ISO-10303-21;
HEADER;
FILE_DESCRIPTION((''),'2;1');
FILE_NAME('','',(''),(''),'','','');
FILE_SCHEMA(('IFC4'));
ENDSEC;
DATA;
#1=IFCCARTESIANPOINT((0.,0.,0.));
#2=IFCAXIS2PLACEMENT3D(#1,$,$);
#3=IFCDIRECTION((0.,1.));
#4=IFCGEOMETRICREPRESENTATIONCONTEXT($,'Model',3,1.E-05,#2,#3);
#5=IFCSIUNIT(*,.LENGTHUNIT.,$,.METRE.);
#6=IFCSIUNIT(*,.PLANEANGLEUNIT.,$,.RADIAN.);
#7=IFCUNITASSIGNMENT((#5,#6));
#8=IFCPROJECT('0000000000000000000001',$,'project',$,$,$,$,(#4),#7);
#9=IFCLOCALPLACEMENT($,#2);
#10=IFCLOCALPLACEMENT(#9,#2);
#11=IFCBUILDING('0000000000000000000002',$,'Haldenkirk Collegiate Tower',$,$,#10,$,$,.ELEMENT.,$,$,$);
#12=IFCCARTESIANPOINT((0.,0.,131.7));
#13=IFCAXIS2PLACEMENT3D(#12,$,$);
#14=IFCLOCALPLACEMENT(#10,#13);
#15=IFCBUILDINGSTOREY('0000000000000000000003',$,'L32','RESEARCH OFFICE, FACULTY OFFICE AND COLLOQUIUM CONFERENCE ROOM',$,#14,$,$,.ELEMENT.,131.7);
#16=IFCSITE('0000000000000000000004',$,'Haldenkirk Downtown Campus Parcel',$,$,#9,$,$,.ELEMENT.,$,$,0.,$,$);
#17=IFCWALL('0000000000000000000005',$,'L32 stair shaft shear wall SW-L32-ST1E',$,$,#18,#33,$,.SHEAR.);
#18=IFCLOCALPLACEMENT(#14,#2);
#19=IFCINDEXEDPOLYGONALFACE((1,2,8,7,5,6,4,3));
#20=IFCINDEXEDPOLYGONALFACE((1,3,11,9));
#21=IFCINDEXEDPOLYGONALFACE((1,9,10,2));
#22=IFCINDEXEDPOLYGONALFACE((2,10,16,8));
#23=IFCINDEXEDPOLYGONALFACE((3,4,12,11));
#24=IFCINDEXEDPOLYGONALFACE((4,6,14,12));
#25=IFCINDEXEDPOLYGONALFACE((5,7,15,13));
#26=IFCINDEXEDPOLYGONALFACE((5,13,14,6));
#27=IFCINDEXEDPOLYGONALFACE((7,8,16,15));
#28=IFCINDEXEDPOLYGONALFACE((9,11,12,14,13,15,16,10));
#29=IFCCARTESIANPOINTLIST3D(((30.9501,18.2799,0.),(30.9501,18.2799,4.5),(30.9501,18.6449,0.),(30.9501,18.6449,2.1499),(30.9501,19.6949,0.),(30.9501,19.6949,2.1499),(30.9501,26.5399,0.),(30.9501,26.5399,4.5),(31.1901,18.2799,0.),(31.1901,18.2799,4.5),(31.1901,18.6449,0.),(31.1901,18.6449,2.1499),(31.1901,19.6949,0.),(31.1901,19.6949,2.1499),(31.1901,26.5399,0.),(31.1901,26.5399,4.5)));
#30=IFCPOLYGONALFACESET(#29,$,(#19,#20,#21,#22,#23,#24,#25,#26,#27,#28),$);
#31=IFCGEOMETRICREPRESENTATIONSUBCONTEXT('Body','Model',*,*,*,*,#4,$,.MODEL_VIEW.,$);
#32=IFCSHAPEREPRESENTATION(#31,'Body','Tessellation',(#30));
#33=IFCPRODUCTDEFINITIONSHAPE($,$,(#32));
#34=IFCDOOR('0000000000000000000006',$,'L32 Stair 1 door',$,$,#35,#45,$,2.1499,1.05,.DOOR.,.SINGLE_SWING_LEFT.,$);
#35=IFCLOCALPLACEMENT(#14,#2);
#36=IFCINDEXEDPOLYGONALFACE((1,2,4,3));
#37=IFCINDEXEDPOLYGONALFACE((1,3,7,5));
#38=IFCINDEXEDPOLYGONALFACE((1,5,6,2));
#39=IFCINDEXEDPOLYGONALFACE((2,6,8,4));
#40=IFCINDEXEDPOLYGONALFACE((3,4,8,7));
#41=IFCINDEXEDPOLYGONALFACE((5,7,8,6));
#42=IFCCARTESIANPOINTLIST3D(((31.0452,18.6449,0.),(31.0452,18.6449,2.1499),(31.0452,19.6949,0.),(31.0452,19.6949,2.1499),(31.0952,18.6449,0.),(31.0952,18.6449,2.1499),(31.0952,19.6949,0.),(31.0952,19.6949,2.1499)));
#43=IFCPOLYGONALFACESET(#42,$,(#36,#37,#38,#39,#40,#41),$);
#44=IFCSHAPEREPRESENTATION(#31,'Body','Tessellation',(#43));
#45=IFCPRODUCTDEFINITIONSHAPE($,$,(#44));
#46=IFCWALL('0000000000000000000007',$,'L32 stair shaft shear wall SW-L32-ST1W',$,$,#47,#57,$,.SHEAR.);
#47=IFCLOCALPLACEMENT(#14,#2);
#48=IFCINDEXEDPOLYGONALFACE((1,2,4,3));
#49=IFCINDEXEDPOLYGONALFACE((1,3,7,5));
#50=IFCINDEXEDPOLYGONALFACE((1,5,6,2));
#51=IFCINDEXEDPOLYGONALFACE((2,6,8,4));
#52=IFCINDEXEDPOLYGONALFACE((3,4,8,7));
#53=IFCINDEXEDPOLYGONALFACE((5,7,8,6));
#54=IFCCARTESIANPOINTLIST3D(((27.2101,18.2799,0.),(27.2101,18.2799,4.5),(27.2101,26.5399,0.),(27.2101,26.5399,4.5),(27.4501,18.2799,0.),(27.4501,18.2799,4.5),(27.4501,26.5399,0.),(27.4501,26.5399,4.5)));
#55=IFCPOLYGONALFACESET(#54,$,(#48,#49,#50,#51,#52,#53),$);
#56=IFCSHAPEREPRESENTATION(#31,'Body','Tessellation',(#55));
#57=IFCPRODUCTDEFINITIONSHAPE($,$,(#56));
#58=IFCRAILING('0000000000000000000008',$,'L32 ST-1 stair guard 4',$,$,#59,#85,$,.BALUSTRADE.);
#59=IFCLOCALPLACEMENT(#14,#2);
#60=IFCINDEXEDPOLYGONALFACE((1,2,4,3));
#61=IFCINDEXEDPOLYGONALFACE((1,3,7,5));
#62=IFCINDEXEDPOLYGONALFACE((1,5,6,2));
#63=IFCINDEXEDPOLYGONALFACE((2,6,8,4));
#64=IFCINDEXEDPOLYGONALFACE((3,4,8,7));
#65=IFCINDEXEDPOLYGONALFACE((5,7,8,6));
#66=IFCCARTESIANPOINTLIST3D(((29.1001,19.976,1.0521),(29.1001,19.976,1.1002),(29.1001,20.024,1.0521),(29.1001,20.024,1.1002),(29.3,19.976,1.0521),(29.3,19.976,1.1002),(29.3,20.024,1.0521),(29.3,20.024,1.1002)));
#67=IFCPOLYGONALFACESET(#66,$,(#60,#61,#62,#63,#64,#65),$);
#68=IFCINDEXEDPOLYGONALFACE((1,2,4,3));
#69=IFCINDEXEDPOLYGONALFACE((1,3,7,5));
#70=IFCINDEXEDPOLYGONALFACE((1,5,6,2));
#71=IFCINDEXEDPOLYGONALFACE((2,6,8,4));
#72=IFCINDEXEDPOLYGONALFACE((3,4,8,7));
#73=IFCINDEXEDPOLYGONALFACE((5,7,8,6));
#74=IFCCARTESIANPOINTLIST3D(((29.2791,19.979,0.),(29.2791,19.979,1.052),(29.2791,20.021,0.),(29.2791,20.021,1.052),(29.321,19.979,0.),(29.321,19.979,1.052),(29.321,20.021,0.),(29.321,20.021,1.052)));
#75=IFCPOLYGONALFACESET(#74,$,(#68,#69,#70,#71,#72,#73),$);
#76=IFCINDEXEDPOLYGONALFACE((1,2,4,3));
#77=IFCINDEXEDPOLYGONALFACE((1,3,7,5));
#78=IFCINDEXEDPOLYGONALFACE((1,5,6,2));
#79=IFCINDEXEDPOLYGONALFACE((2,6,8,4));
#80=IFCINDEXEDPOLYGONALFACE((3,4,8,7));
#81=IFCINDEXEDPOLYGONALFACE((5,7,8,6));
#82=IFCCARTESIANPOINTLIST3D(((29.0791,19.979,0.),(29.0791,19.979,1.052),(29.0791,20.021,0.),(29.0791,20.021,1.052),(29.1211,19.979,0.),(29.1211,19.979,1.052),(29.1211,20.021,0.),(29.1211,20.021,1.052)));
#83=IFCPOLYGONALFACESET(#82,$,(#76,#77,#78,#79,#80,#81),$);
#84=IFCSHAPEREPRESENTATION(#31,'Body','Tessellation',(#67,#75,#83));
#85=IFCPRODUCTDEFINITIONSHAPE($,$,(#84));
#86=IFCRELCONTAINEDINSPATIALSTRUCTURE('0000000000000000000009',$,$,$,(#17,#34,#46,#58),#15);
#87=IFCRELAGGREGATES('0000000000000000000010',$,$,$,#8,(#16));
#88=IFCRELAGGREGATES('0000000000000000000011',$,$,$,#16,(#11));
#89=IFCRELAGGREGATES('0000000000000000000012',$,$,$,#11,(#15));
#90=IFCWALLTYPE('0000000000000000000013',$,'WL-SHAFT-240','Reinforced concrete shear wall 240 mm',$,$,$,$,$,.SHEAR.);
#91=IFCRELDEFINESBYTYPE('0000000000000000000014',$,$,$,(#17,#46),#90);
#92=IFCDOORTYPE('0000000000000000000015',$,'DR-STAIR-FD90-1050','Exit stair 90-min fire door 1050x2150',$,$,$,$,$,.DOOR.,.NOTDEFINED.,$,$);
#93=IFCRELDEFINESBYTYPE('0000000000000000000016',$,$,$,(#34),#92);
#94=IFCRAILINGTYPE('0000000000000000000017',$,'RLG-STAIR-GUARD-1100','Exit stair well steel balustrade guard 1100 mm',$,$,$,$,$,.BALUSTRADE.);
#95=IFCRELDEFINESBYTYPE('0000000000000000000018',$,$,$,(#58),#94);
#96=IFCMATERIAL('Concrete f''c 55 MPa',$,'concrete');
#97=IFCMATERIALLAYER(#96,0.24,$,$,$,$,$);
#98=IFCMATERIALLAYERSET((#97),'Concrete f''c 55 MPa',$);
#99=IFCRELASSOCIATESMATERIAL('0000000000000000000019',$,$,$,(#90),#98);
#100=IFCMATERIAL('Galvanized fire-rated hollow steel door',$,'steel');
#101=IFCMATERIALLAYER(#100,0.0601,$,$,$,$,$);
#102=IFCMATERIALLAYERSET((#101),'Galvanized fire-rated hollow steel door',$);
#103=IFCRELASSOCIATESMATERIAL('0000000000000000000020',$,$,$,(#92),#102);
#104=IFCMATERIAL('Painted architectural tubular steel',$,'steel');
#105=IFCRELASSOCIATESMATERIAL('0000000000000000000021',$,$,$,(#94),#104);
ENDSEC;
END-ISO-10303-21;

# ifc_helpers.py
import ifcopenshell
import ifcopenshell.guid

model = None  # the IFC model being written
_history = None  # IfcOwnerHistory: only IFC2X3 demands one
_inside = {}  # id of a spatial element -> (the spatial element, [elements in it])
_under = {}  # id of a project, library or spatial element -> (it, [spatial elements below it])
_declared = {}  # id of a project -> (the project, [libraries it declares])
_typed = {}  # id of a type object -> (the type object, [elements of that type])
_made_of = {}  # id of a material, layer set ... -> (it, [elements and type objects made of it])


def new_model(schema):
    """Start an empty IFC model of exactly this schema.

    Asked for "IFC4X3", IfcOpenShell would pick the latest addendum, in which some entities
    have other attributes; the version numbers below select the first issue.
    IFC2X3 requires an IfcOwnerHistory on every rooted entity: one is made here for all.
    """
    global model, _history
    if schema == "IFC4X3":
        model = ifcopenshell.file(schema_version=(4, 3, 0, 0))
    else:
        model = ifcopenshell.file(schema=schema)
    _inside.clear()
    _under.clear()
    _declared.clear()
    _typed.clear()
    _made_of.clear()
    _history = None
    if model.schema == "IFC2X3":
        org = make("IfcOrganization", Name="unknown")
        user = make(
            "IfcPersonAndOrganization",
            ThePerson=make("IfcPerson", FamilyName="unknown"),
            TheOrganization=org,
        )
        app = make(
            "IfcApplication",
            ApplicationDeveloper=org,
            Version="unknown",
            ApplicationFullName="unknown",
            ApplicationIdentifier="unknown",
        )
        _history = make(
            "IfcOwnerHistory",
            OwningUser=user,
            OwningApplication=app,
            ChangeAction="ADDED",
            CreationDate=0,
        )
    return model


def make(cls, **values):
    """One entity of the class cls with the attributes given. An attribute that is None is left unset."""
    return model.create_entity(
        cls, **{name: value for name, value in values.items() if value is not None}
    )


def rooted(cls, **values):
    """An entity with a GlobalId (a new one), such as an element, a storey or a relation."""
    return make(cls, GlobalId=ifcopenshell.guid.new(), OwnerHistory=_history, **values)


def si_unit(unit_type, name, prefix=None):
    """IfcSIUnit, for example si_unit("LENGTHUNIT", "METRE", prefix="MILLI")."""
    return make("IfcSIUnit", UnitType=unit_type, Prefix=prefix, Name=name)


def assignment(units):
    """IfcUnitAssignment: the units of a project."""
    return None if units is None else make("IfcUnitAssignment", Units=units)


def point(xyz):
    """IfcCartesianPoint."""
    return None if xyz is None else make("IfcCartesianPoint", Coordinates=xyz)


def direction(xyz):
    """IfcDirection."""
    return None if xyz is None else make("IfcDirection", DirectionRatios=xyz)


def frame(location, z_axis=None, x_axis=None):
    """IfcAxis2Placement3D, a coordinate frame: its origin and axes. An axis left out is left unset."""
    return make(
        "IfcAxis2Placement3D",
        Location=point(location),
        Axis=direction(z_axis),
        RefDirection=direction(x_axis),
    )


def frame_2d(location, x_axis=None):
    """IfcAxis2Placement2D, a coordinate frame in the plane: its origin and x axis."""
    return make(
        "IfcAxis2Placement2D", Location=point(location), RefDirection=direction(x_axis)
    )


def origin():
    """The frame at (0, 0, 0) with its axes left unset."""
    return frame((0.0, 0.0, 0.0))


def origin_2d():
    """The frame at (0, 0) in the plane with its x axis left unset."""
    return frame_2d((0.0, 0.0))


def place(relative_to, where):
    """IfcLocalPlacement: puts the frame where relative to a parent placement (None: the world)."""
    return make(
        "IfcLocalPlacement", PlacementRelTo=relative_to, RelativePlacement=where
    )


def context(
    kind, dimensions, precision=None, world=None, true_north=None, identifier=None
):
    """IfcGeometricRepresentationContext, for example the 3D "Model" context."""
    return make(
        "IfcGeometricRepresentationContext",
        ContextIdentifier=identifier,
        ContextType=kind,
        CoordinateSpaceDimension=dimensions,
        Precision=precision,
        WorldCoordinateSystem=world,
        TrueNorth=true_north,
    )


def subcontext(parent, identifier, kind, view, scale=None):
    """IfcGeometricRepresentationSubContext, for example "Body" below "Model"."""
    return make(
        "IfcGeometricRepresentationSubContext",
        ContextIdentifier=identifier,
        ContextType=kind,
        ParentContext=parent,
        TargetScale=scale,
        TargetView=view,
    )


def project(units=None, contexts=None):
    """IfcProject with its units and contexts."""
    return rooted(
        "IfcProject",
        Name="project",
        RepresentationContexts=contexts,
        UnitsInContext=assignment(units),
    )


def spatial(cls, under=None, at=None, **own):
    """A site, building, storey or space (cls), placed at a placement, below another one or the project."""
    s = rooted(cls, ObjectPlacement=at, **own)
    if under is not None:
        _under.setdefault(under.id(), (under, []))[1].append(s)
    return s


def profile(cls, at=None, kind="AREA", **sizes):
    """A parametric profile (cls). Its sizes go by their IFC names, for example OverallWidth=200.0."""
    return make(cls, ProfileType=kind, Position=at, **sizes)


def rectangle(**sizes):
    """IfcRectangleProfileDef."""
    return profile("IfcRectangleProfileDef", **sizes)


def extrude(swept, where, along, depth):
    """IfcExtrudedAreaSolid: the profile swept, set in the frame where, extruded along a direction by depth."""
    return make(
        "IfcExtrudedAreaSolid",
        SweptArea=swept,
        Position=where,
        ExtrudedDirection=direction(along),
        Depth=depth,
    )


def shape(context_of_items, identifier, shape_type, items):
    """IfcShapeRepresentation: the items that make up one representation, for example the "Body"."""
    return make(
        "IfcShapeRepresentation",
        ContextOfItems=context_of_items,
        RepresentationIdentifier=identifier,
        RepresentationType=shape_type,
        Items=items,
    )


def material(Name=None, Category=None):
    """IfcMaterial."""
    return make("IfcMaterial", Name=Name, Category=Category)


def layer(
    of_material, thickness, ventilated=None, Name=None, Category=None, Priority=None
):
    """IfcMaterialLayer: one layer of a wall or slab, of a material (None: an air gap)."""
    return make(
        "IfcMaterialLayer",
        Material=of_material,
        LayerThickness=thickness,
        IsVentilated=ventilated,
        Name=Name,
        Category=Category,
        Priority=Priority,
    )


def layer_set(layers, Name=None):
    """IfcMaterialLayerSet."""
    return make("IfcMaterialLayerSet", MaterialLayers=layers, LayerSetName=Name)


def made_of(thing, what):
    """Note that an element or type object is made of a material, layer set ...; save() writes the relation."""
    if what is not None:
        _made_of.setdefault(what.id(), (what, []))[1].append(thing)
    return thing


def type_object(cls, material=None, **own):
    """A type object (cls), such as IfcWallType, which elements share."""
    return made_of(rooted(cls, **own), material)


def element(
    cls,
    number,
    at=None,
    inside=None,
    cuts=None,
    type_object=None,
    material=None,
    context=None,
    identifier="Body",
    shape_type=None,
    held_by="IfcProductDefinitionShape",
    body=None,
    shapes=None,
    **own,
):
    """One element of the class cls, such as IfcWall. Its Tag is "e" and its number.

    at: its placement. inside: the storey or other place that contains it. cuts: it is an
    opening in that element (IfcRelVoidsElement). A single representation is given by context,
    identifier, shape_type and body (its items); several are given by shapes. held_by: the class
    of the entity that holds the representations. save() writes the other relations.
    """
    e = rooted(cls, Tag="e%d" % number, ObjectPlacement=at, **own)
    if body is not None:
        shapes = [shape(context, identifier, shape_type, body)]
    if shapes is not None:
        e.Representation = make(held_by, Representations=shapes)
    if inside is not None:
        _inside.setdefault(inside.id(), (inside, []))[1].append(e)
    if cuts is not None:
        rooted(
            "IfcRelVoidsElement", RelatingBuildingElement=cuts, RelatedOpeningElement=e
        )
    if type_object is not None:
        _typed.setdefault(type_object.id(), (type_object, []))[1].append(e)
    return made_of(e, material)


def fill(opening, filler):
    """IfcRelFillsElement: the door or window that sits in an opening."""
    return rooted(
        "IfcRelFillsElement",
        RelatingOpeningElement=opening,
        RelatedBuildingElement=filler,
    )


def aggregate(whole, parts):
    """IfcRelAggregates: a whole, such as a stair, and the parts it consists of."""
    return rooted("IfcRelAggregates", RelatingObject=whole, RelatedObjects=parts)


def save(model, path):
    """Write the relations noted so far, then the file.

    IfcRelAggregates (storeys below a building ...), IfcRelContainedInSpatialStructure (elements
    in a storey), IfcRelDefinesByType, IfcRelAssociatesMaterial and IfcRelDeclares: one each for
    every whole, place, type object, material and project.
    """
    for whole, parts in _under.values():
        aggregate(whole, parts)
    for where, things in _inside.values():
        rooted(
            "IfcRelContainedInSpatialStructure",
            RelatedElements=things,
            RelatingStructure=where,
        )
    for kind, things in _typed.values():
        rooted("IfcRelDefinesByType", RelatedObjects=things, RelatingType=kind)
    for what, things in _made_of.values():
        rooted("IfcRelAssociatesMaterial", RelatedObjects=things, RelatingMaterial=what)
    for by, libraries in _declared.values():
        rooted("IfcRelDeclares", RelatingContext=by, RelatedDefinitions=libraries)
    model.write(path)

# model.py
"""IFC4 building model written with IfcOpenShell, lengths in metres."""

from ifc_helpers import new_model, si_unit, direction, frame, frame_2d, origin, origin_2d, place, context, subcontext, project, spatial, rectangle, extrude, material, layer, layer_set, type_object, element, fill, save


model = new_model("IFC4")

# Units and contexts
model_context = context("Model", 3, precision=1e-05, world=origin(), true_north=direction((0.0, 1.0)))
body_context = subcontext(model_context, "Body", "Model", "MODEL_VIEW")
ifc_project = project(units=[si_unit("LENGTHUNIT", "METRE"), si_unit("PLANEANGLEUNIT", "RADIAN")], contexts=[model_context])

# Site, building, storey
site_placement = place(None, origin())
site = spatial("IfcSite", under=ifc_project, at=site_placement, Name="Haldenkirk Downtown Campus Parcel", CompositionType="ELEMENT", RefElevation=0.0)
building_placement = place(site_placement, origin())
building = spatial("IfcBuilding", under=site, at=building_placement, Name="Haldenkirk Collegiate Tower", CompositionType="ELEMENT")
storey_placement = place(building_placement, frame((0.0, 0.0, 131.7)))
storey = spatial("IfcBuildingStorey", under=building, at=storey_placement, Name="L32", Description="RESEARCH OFFICE, FACULTY OFFICE AND COLLOQUIUM CONFERENCE ROOM", CompositionType="ELEMENT", Elevation=131.7)

# Shared definitions
ifc_material_1 = material(Name="Galvanized fire-rated hollow steel door", Category="steel")

# Wall, opening, door
ifc_material_2 = material(Name="Concrete f'c 55 MPa", Category="concrete")
ifc_layer_1 = layer(ifc_material_2, 0.24)
ifc_layer_set_1 = layer_set([ifc_layer_1], Name="Concrete f'c 55 MPa")
wall_type_1 = type_object("IfcWallType", Name="WL-SHAFT-240", Description="Reinforced concrete shear wall 240 mm", PredefinedType="SHEAR", material=ifc_layer_set_1)
wall_1_placement = place(storey_placement, frame((31.0701, 18.28, 0.0), z_axis=(0.0, 0.0, 1.0), x_axis=(0.0, 1.0, 0.0)))
wall_1 = element("IfcWall", 1, at=wall_1_placement, inside=storey, type_object=wall_type_1, Name="L32 stair shaft shear wall SW-L32-ST1E", PredefinedType="SHEAR", context=body_context, shape_type="SweptSolid", body=[
    extrude(rectangle(XDim=8.26, YDim=0.24, at=frame_2d((4.1299, 0.0))), origin(), (0.0, 0.0, 1.0), 4.5),
])
opening_1_placement = place(wall_1_placement, frame((0.365, 0.0, 0.0)))
opening_1 = element("IfcOpeningElement", 2, at=opening_1_placement, cuts=wall_1, PredefinedType="OPENING", context=body_context, shape_type="SweptSolid", body=[
    extrude(rectangle(XDim=1.05, YDim=2.1499, at=frame_2d((0.5249, 1.075))), frame((0.0, 0.1299, 0.0), z_axis=(0.0, -1.0, 0.0), x_axis=(1.0, 0.0, 0.0)), (0.0, 0.0, 1.0), 0.26),
])
ifc_layer_2 = layer(ifc_material_1, 0.0601)
ifc_layer_set_2 = layer_set([ifc_layer_2], Name="Galvanized fire-rated hollow steel door")
door_type_1 = type_object("IfcDoorType", Name="DR-STAIR-FD90-1050", Description="Exit stair 90-min fire door 1050x2150", OperationType="NOTDEFINED", PredefinedType="DOOR", material=ifc_layer_set_2)
door_1_placement = place(opening_1_placement, origin())
door_1 = element("IfcDoor", 3, at=door_1_placement, inside=storey, type_object=door_type_1, Name="L32 Stair 1 door", OperationType="SINGLE_SWING_LEFT", OverallHeight=2.1499, OverallWidth=1.05, PredefinedType="DOOR", context=body_context, shape_type="SweptSolid", body=[
    extrude(rectangle(XDim=1.05, YDim=2.1499, at=frame_2d((0.5249, 1.075))), frame((0.0, 0.0249, 0.0), z_axis=(0.0, -1.0, 0.0), x_axis=(1.0, 0.0, 0.0)), (0.0, 0.0, 1.0), 0.05),
])
fill(opening_1, door_1)

# Wall
wall_2_placement = place(storey_placement, frame((27.3301, 18.28, 0.0), z_axis=(0.0, 0.0, 1.0), x_axis=(0.0, 1.0, 0.0)))
element("IfcWall", 4, at=wall_2_placement, inside=storey, type_object=wall_type_1, Name="L32 stair shaft shear wall SW-L32-ST1W", PredefinedType="SHEAR", context=body_context, shape_type="SweptSolid", body=[
    extrude(rectangle(XDim=8.26, YDim=0.24, at=frame_2d((4.1299, 0.0))), origin(), (0.0, 0.0, 1.0), 4.5),
])

# Railing
ifc_material_3 = material(Name="Painted architectural tubular steel", Category="steel")
railing_type = type_object("IfcRailingType", Name="RLG-STAIR-GUARD-1100", Description="Exit stair well steel balustrade guard 1100 mm", PredefinedType="BALUSTRADE", material=ifc_material_3)
railing_placement = place(storey_placement, frame((29.3, 20.0, 0.0)))
element("IfcRailing", 5, at=railing_placement, inside=storey, type_object=railing_type, Name="L32 ST-1 stair guard 4", PredefinedType="BALUSTRADE", context=body_context, shape_type="SweptSolid", body=[
    extrude(rectangle(XDim=0.0481, YDim=0.0481, at=origin_2d()), frame((0.0, 0.0, 1.0762), z_axis=(-1.0, 0.0, 0.0), x_axis=(0.0, -1.0, 0.0)), (0.0, 0.0, 1.0), 0.2),
    extrude(rectangle(XDim=0.042, YDim=0.042, at=origin_2d()), origin(), (0.0, 0.0, 1.0), 1.052),
    extrude(rectangle(XDim=0.042, YDim=0.042, at=origin_2d()), frame((-0.2, 0.0, 0.0)), (0.0, 0.0, 1.0), 1.052),
])

save(model, "model.ifc")
